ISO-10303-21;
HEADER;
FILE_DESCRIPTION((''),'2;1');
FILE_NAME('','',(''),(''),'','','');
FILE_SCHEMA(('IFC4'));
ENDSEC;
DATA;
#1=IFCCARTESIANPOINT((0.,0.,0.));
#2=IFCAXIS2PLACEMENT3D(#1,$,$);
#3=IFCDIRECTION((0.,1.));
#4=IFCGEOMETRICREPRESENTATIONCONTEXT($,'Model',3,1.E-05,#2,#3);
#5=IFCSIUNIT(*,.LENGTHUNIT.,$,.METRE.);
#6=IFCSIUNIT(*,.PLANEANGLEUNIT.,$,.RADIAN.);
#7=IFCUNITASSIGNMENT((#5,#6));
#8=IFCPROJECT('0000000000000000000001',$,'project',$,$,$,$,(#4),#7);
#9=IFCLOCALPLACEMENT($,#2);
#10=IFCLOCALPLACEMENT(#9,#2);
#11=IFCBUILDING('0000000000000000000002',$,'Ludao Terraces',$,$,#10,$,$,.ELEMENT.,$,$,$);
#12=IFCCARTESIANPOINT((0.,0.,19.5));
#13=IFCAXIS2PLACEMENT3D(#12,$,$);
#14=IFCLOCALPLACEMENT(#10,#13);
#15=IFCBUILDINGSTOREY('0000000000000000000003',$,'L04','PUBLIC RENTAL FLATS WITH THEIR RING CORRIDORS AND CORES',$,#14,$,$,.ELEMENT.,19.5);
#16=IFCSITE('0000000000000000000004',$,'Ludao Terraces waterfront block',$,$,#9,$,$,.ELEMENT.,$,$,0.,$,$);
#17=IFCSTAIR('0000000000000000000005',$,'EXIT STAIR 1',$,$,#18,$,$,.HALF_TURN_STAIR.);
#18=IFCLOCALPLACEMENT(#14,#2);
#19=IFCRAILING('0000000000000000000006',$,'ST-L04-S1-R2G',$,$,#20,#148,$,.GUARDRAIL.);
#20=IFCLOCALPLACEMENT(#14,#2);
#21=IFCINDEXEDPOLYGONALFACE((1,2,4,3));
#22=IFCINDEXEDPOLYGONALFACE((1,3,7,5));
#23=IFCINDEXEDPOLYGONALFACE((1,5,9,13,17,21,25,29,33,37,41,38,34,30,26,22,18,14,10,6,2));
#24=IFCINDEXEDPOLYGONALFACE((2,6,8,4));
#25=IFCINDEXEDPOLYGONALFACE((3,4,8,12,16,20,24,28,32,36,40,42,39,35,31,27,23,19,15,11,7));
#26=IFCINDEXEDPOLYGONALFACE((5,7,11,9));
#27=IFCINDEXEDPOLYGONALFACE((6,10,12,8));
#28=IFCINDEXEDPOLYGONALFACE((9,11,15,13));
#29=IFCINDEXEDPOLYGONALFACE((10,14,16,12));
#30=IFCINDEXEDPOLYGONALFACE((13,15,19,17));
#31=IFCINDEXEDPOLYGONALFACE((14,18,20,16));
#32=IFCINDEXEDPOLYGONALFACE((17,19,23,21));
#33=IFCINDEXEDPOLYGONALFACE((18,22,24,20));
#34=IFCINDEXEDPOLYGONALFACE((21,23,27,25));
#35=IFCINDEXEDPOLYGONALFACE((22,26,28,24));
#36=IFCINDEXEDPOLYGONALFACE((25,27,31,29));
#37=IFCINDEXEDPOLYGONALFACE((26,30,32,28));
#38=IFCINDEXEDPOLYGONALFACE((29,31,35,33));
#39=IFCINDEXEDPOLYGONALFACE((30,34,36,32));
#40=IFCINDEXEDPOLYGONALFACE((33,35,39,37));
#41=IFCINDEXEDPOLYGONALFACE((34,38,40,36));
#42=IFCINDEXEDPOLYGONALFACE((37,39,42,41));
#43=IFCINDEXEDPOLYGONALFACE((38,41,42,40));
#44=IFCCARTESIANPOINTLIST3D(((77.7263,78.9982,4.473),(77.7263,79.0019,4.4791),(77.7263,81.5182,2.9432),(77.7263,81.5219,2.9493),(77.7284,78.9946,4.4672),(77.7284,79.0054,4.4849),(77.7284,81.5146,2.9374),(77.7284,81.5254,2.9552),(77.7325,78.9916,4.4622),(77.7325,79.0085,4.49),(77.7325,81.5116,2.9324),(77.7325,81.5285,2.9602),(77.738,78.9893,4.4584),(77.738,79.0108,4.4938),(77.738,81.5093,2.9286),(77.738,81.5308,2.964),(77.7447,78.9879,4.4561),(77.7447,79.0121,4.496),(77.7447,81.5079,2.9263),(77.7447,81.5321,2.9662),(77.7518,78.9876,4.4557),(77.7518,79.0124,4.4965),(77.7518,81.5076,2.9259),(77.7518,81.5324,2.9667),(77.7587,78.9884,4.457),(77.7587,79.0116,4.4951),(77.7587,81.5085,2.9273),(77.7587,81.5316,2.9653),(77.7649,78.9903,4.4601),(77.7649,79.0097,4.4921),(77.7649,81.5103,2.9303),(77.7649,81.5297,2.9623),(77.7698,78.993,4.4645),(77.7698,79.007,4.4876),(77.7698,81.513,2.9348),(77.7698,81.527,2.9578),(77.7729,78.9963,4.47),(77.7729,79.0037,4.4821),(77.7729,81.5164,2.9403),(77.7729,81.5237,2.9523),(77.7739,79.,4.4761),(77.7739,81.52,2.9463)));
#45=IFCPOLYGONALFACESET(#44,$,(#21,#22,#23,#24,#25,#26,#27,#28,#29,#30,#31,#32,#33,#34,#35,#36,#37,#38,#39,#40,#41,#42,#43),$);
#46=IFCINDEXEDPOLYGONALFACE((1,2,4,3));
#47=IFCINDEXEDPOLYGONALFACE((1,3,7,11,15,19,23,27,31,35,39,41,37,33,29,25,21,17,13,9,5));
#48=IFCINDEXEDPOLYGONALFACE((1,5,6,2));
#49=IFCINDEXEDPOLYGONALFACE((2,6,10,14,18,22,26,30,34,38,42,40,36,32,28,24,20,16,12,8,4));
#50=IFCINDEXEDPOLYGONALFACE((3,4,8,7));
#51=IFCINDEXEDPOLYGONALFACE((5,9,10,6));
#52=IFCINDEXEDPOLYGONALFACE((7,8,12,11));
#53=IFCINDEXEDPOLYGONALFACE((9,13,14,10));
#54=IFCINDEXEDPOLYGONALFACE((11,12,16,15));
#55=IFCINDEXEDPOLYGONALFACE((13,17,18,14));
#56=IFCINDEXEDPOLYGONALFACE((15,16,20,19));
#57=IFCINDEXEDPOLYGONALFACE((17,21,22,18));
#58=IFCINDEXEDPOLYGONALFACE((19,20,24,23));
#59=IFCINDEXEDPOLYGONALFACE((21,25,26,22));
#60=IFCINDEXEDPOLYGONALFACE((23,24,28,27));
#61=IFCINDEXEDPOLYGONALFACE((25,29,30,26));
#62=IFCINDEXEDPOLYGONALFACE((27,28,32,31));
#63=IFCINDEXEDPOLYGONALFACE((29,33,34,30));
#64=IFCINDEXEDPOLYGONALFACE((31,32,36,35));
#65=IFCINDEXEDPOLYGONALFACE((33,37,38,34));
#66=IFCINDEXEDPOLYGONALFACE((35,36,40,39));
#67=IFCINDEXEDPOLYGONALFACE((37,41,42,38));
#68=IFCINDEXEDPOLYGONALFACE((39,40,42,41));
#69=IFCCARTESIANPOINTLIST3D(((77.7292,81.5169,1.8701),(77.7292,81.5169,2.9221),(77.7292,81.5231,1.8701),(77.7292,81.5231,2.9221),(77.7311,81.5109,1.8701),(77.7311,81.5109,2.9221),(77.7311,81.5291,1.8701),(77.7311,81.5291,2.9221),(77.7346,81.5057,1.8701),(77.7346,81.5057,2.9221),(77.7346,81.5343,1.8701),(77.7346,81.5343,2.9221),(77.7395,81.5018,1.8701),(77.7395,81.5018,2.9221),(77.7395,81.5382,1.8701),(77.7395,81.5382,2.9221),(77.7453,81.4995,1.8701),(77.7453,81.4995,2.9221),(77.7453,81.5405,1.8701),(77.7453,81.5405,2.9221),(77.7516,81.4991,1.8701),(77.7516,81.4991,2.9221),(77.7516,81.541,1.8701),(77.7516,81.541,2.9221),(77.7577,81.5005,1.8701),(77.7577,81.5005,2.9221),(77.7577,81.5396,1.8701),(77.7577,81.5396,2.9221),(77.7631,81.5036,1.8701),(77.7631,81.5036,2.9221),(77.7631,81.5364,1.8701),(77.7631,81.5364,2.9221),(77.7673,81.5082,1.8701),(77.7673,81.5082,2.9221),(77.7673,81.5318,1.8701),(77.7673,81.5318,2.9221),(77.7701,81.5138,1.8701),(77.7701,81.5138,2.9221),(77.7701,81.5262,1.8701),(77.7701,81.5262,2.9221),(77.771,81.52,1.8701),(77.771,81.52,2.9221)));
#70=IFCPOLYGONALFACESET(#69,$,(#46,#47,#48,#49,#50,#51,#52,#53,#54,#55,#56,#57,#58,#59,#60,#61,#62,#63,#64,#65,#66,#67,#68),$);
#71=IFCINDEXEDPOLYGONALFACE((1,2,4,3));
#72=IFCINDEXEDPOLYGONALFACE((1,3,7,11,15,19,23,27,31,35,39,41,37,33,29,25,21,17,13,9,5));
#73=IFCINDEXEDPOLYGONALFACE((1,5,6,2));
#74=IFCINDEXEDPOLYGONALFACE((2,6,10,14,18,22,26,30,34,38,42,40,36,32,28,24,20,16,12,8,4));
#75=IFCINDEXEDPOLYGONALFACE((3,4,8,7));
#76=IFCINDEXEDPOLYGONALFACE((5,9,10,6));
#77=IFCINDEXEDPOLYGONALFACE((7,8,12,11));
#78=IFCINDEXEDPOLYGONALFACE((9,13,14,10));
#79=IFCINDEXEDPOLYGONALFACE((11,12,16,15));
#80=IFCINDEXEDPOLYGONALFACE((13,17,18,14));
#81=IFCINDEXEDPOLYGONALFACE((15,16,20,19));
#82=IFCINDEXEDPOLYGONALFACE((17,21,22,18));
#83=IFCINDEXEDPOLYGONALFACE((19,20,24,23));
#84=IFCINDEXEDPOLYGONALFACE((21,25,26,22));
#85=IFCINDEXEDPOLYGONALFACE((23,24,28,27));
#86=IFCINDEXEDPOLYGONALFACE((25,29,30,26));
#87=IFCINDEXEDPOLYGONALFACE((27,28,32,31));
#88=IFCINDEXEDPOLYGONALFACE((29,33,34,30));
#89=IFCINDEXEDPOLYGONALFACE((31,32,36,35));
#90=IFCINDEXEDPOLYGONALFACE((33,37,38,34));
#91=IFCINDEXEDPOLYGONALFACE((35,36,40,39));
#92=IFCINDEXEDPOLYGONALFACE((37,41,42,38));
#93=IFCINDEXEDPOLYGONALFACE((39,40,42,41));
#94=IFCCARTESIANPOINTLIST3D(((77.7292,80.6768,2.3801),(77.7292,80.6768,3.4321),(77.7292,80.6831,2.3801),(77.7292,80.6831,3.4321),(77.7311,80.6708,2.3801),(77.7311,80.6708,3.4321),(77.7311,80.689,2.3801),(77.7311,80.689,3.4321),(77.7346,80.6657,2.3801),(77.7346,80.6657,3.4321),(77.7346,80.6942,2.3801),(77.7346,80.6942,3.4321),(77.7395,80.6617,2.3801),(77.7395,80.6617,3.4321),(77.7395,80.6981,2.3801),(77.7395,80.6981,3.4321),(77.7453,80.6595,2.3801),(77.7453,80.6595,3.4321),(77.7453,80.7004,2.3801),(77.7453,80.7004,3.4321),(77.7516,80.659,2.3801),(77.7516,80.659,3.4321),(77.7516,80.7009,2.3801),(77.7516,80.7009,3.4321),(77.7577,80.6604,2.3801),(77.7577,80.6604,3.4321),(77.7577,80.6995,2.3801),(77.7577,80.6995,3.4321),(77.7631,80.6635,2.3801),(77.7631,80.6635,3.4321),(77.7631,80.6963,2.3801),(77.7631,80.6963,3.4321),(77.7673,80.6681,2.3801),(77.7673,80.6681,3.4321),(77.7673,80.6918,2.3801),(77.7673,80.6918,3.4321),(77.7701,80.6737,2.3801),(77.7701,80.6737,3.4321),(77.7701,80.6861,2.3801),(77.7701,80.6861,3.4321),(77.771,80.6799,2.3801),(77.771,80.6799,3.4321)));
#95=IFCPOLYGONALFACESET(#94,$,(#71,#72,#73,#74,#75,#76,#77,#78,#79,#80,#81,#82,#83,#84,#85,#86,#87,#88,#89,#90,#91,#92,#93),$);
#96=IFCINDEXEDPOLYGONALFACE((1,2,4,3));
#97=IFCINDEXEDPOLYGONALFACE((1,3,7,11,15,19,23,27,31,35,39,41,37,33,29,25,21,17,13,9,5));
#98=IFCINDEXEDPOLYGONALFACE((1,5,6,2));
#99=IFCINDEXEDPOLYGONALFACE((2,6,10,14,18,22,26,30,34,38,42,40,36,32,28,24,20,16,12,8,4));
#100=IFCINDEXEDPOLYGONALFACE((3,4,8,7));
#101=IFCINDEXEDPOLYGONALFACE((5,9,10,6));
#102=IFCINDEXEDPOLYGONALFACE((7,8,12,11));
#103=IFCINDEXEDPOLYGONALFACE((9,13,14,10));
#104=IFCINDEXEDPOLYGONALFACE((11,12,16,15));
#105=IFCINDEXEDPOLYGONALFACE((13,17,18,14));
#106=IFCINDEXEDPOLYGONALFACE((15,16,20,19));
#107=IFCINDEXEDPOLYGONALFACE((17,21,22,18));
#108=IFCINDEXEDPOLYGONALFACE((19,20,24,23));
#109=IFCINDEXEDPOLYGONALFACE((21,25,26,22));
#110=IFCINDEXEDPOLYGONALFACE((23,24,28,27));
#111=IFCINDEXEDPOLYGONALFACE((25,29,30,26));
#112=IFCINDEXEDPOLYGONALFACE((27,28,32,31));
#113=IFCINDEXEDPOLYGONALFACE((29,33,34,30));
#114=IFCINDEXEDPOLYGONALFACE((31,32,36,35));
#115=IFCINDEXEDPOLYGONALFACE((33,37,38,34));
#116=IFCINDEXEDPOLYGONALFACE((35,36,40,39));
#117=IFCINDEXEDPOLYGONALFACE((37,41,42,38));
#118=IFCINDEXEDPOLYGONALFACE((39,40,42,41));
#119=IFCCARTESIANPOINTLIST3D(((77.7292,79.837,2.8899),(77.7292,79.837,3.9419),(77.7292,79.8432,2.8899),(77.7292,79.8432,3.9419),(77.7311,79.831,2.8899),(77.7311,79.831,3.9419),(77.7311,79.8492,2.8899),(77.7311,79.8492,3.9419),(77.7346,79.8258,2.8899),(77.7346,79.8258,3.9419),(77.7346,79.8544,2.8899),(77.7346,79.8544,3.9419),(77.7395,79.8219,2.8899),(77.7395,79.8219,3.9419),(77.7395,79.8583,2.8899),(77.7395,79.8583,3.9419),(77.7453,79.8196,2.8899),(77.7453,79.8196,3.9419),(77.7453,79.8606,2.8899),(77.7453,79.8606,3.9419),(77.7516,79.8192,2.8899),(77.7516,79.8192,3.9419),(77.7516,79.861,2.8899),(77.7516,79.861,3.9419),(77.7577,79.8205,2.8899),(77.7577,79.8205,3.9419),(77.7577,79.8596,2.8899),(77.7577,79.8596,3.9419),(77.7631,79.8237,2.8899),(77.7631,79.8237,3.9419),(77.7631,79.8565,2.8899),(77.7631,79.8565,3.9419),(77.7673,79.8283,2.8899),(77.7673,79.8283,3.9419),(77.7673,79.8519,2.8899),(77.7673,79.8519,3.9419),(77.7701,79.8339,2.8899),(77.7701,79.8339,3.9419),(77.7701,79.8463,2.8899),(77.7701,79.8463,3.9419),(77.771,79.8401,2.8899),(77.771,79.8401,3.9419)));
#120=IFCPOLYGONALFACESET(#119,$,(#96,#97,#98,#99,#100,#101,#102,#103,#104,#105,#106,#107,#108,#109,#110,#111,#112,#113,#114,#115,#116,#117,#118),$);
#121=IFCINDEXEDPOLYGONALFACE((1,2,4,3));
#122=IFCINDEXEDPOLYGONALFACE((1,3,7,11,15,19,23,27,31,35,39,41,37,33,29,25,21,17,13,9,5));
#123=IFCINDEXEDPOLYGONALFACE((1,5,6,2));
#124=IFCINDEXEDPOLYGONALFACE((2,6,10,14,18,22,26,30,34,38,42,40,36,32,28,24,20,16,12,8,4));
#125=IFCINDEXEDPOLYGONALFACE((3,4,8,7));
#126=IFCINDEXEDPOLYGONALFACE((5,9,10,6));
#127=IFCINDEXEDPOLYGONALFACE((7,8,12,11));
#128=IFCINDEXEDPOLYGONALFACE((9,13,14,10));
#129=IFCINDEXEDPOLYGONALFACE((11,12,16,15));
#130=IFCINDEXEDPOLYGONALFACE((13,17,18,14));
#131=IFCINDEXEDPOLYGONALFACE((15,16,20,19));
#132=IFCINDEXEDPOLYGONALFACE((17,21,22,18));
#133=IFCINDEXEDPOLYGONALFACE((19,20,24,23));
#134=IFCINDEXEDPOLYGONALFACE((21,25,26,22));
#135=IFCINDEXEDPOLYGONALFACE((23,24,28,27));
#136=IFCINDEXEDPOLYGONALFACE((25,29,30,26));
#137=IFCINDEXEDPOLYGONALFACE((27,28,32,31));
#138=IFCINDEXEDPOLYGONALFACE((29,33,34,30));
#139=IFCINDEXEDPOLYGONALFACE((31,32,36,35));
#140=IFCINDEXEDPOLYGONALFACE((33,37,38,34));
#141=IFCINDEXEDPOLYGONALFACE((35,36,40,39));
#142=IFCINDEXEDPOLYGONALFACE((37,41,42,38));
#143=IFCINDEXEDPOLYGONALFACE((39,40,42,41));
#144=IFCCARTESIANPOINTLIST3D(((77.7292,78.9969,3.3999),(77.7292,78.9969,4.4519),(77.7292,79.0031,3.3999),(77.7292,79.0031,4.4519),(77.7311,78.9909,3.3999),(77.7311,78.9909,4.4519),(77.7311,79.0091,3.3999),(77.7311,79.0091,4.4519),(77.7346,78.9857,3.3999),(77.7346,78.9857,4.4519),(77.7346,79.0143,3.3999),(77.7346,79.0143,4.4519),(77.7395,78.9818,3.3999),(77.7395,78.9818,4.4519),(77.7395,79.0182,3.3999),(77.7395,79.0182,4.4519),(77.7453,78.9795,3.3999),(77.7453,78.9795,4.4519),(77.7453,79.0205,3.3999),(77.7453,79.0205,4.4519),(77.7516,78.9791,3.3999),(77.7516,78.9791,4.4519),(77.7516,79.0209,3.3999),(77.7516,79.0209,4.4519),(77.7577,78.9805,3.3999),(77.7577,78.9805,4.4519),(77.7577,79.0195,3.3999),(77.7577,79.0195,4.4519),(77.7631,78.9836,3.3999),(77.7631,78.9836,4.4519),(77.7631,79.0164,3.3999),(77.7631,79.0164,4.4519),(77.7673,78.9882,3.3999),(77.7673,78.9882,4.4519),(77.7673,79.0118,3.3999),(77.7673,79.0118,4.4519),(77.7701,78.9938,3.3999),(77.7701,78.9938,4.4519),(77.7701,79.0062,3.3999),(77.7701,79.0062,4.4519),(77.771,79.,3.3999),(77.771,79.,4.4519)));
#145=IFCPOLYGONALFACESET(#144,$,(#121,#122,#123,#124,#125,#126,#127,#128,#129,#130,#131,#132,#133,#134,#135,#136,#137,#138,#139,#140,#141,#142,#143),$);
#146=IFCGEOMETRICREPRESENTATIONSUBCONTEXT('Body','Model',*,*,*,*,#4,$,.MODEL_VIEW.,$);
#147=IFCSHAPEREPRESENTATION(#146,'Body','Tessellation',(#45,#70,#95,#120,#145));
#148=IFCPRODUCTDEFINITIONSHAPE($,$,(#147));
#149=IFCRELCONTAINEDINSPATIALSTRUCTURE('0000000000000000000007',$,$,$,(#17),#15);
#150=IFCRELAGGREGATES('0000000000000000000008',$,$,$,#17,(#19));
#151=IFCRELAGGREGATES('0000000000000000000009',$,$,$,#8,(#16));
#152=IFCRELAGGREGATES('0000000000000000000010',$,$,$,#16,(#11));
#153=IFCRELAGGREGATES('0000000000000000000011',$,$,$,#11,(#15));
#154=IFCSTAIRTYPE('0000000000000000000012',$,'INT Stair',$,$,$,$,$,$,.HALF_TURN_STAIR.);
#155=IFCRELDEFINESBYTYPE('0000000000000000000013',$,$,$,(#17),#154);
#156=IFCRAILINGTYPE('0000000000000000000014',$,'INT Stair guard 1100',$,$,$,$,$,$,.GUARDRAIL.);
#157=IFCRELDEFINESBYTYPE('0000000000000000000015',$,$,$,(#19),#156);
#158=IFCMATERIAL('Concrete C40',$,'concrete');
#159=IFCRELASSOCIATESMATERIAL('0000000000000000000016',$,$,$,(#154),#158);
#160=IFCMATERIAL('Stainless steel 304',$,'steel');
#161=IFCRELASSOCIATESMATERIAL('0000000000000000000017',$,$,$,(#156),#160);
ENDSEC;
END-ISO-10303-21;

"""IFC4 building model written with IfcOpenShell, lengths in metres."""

from ifc_helpers import new_model, si_unit, direction, frame, origin, origin_2d, place, context, subcontext, project, spatial, circle, extrude, material, type_object, element, aggregate, save


model = new_model("IFC4")

# Units and contexts
model_context = context("Model", 3, precision=1e-05, world=origin(), true_north=direction((0.0, 1.0)))
body_context = subcontext(model_context, "Body", "Model", "MODEL_VIEW")
ifc_project = project(units=[si_unit("LENGTHUNIT", "METRE"), si_unit("PLANEANGLEUNIT", "RADIAN")], contexts=[model_context])

# Site, building, storey
site_placement = place(None, origin())
site = spatial("IfcSite", under=ifc_project, at=site_placement, Name="Ludao Terraces waterfront block", CompositionType="ELEMENT", RefElevation=0.0)
building_placement = place(site_placement, origin())
building = spatial("IfcBuilding", under=site, at=building_placement, Name="Ludao Terraces", CompositionType="ELEMENT")
storey_placement = place(building_placement, frame((0.0, 0.0, 19.5)))
storey = spatial("IfcBuildingStorey", under=building, at=storey_placement, Name="L04", Description="PUBLIC RENTAL FLATS WITH THEIR RING CORRIDORS AND CORES", CompositionType="ELEMENT", Elevation=19.5)

# Stair, railing
ifc_material_1 = material(Name="Concrete C40", Category="concrete")
stair_type = type_object("IfcStairType", Name="INT Stair", PredefinedType="HALF_TURN_STAIR", material=ifc_material_1)
stair_placement = place(storey_placement, origin())
stair = element("IfcStair", 1, at=stair_placement, inside=storey, type_object=stair_type, Name="EXIT STAIR 1", PredefinedType="HALF_TURN_STAIR")
ifc_material_2 = material(Name="Stainless steel 304", Category="steel")
railing_type_1 = type_object("IfcRailingType", Name="INT Stair guard 1100", PredefinedType="GUARDRAIL", material=ifc_material_2)
railing_1_placement = place(storey_placement, frame((77.75, 81.52, 1.8701)))
railing_1 = element("IfcRailing", 2, at=railing_1_placement, type_object=railing_type_1, Name="ST-L04-S1-R2G", PredefinedType="GUARDRAIL", context=body_context, shape_type="SweptSolid", body=[
    extrude(circle(Radius=0.0239, at=origin_2d()), frame((0.0, 0.0, 1.0762), z_axis=(0.0, -0.854822, 0.518922), x_axis=(1.0, 0.0, 0.0)), (0.0, 0.0, 1.0), 2.948),
    extrude(circle(Radius=0.021, at=origin_2d()), origin(), (0.0, 0.0, 1.0), 1.052),
    extrude(circle(Radius=0.021, at=origin_2d()), frame((0.0, -0.8401, 0.51)), (0.0, 0.0, 1.0), 1.052),
    extrude(circle(Radius=0.021, at=origin_2d()), frame((0.0, -1.6799, 1.0198)), (0.0, 0.0, 1.0), 1.052),
    extrude(circle(Radius=0.021, at=origin_2d()), frame((0.0, -2.52, 1.5298)), (0.0, 0.0, 1.0), 1.052),
])
aggregate(stair, [railing_1])

save(model, "model.ifc")
